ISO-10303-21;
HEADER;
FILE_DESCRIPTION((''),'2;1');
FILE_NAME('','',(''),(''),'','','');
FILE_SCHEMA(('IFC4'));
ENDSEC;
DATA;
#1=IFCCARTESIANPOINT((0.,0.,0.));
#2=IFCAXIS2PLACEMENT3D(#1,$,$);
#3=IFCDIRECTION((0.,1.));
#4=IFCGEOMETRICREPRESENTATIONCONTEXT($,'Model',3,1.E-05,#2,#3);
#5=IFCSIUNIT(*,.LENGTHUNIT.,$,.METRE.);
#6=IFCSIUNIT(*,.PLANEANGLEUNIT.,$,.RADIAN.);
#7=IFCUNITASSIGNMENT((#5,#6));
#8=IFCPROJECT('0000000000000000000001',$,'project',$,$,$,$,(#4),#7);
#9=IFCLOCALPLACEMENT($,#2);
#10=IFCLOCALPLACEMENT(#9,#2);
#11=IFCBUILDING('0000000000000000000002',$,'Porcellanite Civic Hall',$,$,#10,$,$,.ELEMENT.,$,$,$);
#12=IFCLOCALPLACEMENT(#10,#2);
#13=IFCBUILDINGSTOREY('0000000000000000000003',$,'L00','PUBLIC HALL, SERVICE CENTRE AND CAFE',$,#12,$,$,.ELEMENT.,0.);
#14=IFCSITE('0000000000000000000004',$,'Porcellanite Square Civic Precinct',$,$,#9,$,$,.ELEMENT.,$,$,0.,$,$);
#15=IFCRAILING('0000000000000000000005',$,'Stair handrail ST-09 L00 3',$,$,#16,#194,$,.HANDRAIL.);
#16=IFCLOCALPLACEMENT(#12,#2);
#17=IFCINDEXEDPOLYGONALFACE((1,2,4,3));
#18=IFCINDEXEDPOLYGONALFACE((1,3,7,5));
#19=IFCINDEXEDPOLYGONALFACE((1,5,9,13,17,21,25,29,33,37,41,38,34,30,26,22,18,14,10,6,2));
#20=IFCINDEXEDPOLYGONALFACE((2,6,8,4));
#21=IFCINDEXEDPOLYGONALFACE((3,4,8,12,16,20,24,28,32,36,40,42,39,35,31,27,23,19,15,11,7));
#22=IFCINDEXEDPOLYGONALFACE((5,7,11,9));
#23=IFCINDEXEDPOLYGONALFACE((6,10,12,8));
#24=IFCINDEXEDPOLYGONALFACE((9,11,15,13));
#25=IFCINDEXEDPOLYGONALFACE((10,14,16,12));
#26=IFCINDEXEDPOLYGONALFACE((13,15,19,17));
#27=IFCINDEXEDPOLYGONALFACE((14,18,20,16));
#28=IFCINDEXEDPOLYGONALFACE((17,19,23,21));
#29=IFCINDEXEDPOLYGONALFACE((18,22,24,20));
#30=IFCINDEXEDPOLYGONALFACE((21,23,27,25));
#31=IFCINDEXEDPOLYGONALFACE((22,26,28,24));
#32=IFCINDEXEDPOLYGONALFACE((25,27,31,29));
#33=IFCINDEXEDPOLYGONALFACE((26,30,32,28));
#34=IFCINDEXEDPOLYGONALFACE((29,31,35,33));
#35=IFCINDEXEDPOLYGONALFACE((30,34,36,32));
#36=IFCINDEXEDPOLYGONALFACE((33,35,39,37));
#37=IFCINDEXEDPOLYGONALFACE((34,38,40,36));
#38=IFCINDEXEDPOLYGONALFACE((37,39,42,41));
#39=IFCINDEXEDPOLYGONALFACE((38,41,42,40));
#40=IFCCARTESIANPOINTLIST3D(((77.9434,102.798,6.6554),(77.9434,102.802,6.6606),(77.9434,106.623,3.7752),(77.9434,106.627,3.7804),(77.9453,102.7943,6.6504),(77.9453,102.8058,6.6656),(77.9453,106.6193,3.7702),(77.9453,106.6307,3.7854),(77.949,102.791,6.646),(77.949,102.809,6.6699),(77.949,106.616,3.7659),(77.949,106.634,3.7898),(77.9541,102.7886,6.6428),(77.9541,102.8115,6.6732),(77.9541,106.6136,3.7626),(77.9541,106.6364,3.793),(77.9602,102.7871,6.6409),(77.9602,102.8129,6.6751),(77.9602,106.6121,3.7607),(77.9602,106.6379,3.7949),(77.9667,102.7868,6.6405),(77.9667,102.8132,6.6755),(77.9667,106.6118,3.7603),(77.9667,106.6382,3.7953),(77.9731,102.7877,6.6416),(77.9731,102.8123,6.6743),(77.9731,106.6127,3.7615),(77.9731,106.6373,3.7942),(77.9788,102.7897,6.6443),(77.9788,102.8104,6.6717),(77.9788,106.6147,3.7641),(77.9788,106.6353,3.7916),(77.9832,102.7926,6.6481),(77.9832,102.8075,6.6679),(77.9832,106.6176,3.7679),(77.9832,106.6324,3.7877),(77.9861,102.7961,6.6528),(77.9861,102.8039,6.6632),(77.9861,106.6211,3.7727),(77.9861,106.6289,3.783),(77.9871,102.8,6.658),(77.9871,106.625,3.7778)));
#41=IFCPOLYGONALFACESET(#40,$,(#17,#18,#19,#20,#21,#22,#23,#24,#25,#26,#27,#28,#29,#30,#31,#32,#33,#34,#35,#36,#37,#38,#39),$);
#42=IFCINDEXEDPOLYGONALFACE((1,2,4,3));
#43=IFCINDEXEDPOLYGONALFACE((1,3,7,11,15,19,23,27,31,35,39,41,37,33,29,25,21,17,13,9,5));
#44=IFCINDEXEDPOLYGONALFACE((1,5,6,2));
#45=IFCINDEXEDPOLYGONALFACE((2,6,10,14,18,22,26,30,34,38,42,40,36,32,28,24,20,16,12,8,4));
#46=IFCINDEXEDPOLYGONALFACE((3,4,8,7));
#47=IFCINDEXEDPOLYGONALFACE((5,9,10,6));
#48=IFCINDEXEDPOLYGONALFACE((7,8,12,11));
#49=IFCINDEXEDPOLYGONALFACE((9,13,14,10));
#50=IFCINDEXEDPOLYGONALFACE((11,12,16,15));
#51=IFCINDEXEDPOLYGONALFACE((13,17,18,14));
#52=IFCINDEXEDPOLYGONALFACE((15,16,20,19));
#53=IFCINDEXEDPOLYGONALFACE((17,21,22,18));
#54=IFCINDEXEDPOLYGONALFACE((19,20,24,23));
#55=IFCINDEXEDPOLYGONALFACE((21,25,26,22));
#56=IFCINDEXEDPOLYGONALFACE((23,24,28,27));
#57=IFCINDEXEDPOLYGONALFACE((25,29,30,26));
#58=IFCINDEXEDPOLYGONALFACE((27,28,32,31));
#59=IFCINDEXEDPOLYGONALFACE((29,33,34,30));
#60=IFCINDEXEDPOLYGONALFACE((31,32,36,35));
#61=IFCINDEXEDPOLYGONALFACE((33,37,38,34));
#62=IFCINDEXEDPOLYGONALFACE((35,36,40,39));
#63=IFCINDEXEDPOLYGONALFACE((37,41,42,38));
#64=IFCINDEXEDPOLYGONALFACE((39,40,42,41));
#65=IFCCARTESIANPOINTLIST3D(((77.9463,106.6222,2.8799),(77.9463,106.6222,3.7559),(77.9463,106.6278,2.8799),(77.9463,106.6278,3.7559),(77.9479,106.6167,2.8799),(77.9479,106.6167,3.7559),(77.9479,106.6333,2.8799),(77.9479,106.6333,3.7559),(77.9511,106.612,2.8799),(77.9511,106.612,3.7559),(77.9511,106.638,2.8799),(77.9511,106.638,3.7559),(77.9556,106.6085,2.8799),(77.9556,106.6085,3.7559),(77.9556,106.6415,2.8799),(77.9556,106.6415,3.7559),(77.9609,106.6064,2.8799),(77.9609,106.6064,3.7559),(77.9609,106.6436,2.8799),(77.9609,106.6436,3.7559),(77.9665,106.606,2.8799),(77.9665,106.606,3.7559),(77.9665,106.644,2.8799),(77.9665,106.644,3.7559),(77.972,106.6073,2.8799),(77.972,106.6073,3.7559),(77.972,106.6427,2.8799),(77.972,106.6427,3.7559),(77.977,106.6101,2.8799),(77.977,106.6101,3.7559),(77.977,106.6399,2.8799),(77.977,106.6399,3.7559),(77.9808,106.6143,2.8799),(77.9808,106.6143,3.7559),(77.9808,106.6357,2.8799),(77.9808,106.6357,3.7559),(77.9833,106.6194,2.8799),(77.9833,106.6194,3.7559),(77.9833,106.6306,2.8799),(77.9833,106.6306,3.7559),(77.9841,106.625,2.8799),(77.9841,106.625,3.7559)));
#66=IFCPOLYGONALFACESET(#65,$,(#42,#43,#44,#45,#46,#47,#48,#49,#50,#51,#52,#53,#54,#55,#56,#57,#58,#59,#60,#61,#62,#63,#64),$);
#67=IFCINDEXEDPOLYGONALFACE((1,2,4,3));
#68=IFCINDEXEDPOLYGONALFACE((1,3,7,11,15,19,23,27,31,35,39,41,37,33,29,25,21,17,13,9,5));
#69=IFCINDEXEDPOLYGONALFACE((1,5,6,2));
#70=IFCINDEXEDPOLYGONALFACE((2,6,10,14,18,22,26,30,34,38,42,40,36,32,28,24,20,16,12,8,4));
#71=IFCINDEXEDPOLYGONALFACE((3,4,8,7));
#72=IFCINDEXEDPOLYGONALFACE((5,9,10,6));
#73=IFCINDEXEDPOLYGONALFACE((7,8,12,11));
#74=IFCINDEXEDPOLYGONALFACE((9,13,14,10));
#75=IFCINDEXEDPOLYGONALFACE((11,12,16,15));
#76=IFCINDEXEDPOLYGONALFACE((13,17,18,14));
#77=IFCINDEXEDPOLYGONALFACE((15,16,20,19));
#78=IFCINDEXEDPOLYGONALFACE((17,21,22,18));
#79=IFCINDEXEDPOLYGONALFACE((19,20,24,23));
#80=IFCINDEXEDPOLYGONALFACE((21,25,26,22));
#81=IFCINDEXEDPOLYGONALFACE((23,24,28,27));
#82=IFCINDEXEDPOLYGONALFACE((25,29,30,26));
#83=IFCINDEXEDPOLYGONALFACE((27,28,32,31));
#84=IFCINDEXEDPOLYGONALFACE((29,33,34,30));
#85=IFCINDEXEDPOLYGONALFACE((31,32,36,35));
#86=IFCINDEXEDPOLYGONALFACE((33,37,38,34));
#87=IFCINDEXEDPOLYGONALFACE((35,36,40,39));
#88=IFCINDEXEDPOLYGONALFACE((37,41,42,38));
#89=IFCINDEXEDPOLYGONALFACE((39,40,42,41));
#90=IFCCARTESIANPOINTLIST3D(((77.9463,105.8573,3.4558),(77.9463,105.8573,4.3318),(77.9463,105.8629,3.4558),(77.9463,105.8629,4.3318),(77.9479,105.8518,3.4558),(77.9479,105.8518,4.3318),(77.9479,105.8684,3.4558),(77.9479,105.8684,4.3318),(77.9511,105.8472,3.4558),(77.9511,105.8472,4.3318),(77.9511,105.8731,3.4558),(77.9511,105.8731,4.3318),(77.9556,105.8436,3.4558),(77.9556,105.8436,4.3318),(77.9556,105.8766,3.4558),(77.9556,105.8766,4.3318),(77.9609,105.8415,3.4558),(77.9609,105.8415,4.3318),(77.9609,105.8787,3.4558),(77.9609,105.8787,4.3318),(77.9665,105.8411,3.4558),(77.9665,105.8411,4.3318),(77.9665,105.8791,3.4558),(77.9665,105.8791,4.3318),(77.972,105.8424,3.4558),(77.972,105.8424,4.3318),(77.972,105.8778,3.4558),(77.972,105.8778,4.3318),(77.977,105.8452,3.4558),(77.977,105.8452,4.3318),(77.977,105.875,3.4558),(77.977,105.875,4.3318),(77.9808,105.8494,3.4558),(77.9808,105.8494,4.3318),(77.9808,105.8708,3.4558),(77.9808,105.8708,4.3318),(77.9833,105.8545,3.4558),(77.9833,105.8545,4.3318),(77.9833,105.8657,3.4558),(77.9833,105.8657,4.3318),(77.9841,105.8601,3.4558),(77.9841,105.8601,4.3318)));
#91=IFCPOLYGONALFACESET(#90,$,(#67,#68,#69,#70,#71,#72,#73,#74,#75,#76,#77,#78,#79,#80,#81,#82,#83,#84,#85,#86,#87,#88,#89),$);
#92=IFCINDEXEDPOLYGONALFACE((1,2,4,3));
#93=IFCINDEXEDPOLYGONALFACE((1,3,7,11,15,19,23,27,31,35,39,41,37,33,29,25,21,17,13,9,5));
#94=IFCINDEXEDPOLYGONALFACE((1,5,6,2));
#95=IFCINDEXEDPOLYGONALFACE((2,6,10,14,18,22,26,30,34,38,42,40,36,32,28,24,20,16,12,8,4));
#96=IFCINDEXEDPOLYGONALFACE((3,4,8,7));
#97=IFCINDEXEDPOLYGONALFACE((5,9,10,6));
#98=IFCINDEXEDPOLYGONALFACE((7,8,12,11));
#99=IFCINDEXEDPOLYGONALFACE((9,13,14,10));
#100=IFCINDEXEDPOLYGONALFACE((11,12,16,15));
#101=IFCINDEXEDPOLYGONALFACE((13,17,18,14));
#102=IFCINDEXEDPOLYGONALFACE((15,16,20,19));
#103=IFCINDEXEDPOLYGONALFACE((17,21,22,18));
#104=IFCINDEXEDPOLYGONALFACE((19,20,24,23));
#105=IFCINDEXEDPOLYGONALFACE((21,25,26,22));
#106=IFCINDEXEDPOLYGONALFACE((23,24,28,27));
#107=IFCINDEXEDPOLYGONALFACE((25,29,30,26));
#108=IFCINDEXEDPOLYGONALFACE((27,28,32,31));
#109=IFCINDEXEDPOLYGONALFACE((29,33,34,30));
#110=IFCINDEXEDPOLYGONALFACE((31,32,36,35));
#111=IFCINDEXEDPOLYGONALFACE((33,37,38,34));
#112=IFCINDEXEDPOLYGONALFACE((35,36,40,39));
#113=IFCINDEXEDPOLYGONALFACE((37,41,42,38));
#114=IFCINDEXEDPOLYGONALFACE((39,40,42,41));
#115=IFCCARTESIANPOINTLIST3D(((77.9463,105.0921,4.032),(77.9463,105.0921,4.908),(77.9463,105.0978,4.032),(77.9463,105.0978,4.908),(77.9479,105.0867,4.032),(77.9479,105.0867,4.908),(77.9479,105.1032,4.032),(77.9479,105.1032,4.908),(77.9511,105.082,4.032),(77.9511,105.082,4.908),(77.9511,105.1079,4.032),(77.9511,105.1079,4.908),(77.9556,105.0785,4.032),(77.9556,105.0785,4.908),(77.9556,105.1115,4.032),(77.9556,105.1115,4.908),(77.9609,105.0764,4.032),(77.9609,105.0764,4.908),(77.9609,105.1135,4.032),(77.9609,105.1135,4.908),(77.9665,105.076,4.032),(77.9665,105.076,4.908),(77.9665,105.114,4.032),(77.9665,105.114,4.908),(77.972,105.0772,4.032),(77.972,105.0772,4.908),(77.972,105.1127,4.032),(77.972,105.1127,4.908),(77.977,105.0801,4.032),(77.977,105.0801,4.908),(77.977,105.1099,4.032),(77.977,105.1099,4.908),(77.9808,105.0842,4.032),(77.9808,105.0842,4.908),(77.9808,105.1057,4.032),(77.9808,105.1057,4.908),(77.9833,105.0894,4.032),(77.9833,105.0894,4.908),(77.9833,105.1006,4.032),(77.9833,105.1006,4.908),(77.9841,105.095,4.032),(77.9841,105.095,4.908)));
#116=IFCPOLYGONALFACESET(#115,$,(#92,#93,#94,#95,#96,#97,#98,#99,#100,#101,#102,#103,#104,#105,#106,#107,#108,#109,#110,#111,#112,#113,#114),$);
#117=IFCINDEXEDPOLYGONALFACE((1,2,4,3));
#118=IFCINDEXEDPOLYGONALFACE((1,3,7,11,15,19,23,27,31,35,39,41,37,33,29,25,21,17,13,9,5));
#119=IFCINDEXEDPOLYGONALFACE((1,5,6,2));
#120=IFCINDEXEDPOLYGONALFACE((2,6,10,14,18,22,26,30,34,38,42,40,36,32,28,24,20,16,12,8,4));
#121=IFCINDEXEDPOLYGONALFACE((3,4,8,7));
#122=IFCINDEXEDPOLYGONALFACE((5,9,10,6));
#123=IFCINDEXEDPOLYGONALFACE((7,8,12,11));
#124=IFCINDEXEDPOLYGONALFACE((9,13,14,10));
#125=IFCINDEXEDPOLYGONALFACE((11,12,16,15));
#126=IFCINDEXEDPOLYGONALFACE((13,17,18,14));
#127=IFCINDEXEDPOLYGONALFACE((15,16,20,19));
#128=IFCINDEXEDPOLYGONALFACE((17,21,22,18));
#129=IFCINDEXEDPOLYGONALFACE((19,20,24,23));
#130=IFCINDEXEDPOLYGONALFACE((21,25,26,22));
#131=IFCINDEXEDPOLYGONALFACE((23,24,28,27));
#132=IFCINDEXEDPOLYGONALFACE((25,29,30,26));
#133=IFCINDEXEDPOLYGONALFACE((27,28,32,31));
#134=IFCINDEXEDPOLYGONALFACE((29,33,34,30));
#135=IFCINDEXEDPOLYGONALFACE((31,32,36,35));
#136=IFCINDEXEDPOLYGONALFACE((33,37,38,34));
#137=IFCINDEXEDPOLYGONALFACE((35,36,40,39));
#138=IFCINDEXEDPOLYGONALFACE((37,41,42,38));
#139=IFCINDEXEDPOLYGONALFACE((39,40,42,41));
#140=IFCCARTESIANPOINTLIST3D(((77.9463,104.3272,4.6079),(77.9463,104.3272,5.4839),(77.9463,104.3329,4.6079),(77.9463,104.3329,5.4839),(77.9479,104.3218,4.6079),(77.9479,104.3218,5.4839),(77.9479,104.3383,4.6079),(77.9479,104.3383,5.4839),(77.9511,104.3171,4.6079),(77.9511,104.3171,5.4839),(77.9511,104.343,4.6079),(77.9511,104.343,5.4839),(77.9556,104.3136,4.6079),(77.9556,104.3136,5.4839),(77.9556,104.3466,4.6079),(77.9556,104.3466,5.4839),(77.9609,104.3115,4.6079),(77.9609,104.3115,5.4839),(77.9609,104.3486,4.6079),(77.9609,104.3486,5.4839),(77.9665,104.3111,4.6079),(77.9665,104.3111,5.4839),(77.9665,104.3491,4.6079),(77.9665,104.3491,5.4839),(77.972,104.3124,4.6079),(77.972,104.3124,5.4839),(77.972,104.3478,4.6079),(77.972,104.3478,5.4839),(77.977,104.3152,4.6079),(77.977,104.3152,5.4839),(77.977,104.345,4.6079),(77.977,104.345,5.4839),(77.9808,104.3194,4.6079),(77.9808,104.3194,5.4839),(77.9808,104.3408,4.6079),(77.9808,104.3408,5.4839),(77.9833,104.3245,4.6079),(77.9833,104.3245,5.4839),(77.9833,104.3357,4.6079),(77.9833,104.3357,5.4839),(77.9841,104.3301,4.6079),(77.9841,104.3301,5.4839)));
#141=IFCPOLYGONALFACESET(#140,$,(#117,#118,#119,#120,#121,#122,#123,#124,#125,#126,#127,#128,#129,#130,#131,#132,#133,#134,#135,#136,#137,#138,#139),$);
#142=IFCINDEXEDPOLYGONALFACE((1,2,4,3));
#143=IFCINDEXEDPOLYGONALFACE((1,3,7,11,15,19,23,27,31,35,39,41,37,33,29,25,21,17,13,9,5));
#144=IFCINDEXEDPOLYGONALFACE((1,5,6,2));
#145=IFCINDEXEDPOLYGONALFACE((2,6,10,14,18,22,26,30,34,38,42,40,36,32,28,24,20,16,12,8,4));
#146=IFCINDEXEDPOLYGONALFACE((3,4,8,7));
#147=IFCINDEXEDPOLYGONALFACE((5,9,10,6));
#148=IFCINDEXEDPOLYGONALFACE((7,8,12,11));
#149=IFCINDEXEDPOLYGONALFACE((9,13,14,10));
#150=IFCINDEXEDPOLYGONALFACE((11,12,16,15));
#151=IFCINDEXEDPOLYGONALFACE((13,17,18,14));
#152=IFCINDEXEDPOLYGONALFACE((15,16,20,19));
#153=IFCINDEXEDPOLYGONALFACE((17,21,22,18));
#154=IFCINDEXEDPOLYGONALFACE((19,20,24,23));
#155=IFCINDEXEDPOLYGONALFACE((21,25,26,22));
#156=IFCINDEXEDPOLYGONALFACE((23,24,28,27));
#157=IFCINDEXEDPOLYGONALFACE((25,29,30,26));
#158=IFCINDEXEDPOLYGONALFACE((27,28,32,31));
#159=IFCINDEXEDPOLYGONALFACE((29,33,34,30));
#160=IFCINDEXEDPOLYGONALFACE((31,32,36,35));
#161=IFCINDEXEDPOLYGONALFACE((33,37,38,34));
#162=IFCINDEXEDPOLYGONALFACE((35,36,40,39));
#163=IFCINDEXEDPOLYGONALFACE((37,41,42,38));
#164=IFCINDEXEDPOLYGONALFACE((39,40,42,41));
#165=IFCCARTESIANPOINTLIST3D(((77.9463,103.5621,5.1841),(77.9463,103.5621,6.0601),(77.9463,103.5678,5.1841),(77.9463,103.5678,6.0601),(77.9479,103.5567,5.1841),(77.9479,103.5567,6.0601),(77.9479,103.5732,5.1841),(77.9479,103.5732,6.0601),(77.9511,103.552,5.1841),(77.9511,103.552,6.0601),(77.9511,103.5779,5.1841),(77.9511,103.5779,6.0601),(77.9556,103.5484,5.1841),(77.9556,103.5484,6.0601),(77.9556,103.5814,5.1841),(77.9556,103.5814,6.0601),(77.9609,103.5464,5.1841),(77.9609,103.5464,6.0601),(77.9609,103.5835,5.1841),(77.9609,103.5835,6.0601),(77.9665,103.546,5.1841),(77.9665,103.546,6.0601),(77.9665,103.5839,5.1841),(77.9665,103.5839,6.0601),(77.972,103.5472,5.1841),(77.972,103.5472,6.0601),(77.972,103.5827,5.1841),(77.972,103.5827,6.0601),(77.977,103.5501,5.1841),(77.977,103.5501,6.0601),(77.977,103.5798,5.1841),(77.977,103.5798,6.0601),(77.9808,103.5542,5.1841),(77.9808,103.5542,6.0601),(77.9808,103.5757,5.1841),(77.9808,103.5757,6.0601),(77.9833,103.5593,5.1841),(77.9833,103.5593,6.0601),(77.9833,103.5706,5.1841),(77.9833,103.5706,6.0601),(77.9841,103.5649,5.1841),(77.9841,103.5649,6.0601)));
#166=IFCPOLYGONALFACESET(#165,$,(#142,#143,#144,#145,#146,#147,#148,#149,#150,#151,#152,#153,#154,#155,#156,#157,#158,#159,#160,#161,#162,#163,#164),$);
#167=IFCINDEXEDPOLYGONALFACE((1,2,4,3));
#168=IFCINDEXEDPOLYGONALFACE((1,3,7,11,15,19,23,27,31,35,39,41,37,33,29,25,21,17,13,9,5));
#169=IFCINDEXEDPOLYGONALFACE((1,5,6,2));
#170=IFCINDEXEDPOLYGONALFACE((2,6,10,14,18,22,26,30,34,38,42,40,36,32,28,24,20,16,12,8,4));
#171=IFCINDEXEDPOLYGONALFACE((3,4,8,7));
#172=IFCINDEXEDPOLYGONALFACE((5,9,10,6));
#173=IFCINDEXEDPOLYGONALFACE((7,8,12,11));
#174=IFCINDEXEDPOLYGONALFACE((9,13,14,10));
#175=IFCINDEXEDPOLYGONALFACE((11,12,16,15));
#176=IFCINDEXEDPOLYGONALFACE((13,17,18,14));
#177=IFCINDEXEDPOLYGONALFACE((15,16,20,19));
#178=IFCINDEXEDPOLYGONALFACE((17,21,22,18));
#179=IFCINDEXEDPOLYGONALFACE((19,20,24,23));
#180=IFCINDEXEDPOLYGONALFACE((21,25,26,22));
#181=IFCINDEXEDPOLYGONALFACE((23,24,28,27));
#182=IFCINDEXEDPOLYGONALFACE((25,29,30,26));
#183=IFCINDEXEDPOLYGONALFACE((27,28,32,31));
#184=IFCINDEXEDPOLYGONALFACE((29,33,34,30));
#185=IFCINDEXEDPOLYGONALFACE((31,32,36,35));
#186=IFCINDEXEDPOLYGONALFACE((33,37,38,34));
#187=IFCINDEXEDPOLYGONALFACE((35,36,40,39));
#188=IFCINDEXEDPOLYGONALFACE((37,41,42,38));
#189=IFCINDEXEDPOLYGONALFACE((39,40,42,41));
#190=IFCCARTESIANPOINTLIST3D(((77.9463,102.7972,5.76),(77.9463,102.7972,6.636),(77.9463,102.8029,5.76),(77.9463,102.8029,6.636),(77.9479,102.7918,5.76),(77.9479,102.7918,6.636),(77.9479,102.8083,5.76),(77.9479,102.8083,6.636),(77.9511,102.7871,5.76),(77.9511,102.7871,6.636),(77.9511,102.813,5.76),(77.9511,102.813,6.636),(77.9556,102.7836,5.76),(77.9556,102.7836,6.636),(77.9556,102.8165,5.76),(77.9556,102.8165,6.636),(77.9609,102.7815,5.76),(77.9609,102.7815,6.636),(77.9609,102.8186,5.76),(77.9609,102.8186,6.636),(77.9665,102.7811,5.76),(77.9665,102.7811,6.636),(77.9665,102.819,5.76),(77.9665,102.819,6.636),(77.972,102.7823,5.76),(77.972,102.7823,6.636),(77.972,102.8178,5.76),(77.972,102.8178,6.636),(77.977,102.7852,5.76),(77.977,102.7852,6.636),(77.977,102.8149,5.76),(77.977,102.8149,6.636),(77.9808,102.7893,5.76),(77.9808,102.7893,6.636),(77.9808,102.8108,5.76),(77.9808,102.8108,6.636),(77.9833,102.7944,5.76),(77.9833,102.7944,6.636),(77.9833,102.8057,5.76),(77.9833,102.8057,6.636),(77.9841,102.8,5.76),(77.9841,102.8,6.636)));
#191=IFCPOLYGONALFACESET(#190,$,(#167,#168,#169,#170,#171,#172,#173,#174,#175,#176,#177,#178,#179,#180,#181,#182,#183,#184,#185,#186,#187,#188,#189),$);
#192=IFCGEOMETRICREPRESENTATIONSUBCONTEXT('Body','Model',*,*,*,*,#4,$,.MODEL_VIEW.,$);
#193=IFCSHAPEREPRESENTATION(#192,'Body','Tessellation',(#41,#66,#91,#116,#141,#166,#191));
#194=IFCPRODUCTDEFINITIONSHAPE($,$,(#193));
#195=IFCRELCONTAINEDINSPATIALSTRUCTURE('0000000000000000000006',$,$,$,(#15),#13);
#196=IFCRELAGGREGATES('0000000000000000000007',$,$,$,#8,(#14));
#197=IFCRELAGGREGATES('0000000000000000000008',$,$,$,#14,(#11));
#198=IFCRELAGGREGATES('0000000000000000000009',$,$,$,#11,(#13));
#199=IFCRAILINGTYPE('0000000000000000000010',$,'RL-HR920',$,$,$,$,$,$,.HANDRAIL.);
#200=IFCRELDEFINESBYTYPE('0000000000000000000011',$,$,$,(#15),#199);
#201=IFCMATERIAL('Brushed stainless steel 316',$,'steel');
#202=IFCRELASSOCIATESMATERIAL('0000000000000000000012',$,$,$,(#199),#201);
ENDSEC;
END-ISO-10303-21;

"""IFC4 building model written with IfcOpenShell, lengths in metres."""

from ifc_helpers import new_model, si_unit, direction, frame, origin, origin_2d, place, context, subcontext, project, spatial, circle, extrude, material, type_object, element, save


model = new_model("IFC4")

# Units and contexts
model_context = context("Model", 3, precision=1e-05, world=origin(), true_north=direction((0.0, 1.0)))
body_context = subcontext(model_context, "Body", "Model", "MODEL_VIEW")
ifc_project = project(units=[si_unit("LENGTHUNIT", "METRE"), si_unit("PLANEANGLEUNIT", "RADIAN")], contexts=[model_context])

# Site, building, storey
site_placement = place(None, origin())
site = spatial("IfcSite", under=ifc_project, at=site_placement, Name="Porcellanite Square Civic Precinct", CompositionType="ELEMENT", RefElevation=0.0)
building_placement = place(site_placement, origin())
building = spatial("IfcBuilding", under=site, at=building_placement, Name="Porcellanite Civic Hall", CompositionType="ELEMENT")
storey_placement = place(building_placement, origin())
storey = spatial("IfcBuildingStorey", under=building, at=storey_placement, Name="L00", Description="PUBLIC HALL, SERVICE CENTRE AND CAFE", CompositionType="ELEMENT", Elevation=0.0)

# Railing
ifc_material_1 = material(Name="Brushed stainless steel 316", Category="steel")
railing_type_1 = type_object("IfcRailingType", Name="RL-HR920", PredefinedType="HANDRAIL", material=ifc_material_1)
railing_1_placement = place(storey_placement, frame((77.9651, 106.625, 2.8799)))
element("IfcRailing", 1, at=railing_1_placement, inside=storey, type_object=railing_type_1, Name="Stair handrail ST-09 L00 3", PredefinedType="HANDRAIL", context=body_context, shape_type="SweptSolid", body=[
    extrude(circle(Radius=0.022, at=origin_2d()), frame((0.0, 0.0, 0.8979), z_axis=(0.0, -0.798854, 0.601525), x_axis=(1.0, 0.0, 0.0)), (0.0, 0.0, 1.0), 4.7881),
    extrude(circle(Radius=0.019, at=origin_2d()), origin(), (0.0, 0.0, 1.0), 0.876),
    extrude(circle(Radius=0.019, at=origin_2d()), frame((0.0, -0.7649, 0.5759)), (0.0, 0.0, 1.0), 0.876),
    extrude(circle(Radius=0.019, at=origin_2d()), frame((0.0, -1.53, 1.1521)), (0.0, 0.0, 1.0), 0.876),
    extrude(circle(Radius=0.019, at=origin_2d()), frame((0.0, -2.2949, 1.728)), (0.0, 0.0, 1.0), 0.876),
    extrude(circle(Radius=0.019, at=origin_2d()), frame((0.0, -3.0601, 2.3042)), (0.0, 0.0, 1.0), 0.876),
    extrude(circle(Radius=0.019, at=origin_2d()), frame((0.0, -3.825, 2.8801)), (0.0, 0.0, 1.0), 0.876),
])

save(model, "model.ifc")
